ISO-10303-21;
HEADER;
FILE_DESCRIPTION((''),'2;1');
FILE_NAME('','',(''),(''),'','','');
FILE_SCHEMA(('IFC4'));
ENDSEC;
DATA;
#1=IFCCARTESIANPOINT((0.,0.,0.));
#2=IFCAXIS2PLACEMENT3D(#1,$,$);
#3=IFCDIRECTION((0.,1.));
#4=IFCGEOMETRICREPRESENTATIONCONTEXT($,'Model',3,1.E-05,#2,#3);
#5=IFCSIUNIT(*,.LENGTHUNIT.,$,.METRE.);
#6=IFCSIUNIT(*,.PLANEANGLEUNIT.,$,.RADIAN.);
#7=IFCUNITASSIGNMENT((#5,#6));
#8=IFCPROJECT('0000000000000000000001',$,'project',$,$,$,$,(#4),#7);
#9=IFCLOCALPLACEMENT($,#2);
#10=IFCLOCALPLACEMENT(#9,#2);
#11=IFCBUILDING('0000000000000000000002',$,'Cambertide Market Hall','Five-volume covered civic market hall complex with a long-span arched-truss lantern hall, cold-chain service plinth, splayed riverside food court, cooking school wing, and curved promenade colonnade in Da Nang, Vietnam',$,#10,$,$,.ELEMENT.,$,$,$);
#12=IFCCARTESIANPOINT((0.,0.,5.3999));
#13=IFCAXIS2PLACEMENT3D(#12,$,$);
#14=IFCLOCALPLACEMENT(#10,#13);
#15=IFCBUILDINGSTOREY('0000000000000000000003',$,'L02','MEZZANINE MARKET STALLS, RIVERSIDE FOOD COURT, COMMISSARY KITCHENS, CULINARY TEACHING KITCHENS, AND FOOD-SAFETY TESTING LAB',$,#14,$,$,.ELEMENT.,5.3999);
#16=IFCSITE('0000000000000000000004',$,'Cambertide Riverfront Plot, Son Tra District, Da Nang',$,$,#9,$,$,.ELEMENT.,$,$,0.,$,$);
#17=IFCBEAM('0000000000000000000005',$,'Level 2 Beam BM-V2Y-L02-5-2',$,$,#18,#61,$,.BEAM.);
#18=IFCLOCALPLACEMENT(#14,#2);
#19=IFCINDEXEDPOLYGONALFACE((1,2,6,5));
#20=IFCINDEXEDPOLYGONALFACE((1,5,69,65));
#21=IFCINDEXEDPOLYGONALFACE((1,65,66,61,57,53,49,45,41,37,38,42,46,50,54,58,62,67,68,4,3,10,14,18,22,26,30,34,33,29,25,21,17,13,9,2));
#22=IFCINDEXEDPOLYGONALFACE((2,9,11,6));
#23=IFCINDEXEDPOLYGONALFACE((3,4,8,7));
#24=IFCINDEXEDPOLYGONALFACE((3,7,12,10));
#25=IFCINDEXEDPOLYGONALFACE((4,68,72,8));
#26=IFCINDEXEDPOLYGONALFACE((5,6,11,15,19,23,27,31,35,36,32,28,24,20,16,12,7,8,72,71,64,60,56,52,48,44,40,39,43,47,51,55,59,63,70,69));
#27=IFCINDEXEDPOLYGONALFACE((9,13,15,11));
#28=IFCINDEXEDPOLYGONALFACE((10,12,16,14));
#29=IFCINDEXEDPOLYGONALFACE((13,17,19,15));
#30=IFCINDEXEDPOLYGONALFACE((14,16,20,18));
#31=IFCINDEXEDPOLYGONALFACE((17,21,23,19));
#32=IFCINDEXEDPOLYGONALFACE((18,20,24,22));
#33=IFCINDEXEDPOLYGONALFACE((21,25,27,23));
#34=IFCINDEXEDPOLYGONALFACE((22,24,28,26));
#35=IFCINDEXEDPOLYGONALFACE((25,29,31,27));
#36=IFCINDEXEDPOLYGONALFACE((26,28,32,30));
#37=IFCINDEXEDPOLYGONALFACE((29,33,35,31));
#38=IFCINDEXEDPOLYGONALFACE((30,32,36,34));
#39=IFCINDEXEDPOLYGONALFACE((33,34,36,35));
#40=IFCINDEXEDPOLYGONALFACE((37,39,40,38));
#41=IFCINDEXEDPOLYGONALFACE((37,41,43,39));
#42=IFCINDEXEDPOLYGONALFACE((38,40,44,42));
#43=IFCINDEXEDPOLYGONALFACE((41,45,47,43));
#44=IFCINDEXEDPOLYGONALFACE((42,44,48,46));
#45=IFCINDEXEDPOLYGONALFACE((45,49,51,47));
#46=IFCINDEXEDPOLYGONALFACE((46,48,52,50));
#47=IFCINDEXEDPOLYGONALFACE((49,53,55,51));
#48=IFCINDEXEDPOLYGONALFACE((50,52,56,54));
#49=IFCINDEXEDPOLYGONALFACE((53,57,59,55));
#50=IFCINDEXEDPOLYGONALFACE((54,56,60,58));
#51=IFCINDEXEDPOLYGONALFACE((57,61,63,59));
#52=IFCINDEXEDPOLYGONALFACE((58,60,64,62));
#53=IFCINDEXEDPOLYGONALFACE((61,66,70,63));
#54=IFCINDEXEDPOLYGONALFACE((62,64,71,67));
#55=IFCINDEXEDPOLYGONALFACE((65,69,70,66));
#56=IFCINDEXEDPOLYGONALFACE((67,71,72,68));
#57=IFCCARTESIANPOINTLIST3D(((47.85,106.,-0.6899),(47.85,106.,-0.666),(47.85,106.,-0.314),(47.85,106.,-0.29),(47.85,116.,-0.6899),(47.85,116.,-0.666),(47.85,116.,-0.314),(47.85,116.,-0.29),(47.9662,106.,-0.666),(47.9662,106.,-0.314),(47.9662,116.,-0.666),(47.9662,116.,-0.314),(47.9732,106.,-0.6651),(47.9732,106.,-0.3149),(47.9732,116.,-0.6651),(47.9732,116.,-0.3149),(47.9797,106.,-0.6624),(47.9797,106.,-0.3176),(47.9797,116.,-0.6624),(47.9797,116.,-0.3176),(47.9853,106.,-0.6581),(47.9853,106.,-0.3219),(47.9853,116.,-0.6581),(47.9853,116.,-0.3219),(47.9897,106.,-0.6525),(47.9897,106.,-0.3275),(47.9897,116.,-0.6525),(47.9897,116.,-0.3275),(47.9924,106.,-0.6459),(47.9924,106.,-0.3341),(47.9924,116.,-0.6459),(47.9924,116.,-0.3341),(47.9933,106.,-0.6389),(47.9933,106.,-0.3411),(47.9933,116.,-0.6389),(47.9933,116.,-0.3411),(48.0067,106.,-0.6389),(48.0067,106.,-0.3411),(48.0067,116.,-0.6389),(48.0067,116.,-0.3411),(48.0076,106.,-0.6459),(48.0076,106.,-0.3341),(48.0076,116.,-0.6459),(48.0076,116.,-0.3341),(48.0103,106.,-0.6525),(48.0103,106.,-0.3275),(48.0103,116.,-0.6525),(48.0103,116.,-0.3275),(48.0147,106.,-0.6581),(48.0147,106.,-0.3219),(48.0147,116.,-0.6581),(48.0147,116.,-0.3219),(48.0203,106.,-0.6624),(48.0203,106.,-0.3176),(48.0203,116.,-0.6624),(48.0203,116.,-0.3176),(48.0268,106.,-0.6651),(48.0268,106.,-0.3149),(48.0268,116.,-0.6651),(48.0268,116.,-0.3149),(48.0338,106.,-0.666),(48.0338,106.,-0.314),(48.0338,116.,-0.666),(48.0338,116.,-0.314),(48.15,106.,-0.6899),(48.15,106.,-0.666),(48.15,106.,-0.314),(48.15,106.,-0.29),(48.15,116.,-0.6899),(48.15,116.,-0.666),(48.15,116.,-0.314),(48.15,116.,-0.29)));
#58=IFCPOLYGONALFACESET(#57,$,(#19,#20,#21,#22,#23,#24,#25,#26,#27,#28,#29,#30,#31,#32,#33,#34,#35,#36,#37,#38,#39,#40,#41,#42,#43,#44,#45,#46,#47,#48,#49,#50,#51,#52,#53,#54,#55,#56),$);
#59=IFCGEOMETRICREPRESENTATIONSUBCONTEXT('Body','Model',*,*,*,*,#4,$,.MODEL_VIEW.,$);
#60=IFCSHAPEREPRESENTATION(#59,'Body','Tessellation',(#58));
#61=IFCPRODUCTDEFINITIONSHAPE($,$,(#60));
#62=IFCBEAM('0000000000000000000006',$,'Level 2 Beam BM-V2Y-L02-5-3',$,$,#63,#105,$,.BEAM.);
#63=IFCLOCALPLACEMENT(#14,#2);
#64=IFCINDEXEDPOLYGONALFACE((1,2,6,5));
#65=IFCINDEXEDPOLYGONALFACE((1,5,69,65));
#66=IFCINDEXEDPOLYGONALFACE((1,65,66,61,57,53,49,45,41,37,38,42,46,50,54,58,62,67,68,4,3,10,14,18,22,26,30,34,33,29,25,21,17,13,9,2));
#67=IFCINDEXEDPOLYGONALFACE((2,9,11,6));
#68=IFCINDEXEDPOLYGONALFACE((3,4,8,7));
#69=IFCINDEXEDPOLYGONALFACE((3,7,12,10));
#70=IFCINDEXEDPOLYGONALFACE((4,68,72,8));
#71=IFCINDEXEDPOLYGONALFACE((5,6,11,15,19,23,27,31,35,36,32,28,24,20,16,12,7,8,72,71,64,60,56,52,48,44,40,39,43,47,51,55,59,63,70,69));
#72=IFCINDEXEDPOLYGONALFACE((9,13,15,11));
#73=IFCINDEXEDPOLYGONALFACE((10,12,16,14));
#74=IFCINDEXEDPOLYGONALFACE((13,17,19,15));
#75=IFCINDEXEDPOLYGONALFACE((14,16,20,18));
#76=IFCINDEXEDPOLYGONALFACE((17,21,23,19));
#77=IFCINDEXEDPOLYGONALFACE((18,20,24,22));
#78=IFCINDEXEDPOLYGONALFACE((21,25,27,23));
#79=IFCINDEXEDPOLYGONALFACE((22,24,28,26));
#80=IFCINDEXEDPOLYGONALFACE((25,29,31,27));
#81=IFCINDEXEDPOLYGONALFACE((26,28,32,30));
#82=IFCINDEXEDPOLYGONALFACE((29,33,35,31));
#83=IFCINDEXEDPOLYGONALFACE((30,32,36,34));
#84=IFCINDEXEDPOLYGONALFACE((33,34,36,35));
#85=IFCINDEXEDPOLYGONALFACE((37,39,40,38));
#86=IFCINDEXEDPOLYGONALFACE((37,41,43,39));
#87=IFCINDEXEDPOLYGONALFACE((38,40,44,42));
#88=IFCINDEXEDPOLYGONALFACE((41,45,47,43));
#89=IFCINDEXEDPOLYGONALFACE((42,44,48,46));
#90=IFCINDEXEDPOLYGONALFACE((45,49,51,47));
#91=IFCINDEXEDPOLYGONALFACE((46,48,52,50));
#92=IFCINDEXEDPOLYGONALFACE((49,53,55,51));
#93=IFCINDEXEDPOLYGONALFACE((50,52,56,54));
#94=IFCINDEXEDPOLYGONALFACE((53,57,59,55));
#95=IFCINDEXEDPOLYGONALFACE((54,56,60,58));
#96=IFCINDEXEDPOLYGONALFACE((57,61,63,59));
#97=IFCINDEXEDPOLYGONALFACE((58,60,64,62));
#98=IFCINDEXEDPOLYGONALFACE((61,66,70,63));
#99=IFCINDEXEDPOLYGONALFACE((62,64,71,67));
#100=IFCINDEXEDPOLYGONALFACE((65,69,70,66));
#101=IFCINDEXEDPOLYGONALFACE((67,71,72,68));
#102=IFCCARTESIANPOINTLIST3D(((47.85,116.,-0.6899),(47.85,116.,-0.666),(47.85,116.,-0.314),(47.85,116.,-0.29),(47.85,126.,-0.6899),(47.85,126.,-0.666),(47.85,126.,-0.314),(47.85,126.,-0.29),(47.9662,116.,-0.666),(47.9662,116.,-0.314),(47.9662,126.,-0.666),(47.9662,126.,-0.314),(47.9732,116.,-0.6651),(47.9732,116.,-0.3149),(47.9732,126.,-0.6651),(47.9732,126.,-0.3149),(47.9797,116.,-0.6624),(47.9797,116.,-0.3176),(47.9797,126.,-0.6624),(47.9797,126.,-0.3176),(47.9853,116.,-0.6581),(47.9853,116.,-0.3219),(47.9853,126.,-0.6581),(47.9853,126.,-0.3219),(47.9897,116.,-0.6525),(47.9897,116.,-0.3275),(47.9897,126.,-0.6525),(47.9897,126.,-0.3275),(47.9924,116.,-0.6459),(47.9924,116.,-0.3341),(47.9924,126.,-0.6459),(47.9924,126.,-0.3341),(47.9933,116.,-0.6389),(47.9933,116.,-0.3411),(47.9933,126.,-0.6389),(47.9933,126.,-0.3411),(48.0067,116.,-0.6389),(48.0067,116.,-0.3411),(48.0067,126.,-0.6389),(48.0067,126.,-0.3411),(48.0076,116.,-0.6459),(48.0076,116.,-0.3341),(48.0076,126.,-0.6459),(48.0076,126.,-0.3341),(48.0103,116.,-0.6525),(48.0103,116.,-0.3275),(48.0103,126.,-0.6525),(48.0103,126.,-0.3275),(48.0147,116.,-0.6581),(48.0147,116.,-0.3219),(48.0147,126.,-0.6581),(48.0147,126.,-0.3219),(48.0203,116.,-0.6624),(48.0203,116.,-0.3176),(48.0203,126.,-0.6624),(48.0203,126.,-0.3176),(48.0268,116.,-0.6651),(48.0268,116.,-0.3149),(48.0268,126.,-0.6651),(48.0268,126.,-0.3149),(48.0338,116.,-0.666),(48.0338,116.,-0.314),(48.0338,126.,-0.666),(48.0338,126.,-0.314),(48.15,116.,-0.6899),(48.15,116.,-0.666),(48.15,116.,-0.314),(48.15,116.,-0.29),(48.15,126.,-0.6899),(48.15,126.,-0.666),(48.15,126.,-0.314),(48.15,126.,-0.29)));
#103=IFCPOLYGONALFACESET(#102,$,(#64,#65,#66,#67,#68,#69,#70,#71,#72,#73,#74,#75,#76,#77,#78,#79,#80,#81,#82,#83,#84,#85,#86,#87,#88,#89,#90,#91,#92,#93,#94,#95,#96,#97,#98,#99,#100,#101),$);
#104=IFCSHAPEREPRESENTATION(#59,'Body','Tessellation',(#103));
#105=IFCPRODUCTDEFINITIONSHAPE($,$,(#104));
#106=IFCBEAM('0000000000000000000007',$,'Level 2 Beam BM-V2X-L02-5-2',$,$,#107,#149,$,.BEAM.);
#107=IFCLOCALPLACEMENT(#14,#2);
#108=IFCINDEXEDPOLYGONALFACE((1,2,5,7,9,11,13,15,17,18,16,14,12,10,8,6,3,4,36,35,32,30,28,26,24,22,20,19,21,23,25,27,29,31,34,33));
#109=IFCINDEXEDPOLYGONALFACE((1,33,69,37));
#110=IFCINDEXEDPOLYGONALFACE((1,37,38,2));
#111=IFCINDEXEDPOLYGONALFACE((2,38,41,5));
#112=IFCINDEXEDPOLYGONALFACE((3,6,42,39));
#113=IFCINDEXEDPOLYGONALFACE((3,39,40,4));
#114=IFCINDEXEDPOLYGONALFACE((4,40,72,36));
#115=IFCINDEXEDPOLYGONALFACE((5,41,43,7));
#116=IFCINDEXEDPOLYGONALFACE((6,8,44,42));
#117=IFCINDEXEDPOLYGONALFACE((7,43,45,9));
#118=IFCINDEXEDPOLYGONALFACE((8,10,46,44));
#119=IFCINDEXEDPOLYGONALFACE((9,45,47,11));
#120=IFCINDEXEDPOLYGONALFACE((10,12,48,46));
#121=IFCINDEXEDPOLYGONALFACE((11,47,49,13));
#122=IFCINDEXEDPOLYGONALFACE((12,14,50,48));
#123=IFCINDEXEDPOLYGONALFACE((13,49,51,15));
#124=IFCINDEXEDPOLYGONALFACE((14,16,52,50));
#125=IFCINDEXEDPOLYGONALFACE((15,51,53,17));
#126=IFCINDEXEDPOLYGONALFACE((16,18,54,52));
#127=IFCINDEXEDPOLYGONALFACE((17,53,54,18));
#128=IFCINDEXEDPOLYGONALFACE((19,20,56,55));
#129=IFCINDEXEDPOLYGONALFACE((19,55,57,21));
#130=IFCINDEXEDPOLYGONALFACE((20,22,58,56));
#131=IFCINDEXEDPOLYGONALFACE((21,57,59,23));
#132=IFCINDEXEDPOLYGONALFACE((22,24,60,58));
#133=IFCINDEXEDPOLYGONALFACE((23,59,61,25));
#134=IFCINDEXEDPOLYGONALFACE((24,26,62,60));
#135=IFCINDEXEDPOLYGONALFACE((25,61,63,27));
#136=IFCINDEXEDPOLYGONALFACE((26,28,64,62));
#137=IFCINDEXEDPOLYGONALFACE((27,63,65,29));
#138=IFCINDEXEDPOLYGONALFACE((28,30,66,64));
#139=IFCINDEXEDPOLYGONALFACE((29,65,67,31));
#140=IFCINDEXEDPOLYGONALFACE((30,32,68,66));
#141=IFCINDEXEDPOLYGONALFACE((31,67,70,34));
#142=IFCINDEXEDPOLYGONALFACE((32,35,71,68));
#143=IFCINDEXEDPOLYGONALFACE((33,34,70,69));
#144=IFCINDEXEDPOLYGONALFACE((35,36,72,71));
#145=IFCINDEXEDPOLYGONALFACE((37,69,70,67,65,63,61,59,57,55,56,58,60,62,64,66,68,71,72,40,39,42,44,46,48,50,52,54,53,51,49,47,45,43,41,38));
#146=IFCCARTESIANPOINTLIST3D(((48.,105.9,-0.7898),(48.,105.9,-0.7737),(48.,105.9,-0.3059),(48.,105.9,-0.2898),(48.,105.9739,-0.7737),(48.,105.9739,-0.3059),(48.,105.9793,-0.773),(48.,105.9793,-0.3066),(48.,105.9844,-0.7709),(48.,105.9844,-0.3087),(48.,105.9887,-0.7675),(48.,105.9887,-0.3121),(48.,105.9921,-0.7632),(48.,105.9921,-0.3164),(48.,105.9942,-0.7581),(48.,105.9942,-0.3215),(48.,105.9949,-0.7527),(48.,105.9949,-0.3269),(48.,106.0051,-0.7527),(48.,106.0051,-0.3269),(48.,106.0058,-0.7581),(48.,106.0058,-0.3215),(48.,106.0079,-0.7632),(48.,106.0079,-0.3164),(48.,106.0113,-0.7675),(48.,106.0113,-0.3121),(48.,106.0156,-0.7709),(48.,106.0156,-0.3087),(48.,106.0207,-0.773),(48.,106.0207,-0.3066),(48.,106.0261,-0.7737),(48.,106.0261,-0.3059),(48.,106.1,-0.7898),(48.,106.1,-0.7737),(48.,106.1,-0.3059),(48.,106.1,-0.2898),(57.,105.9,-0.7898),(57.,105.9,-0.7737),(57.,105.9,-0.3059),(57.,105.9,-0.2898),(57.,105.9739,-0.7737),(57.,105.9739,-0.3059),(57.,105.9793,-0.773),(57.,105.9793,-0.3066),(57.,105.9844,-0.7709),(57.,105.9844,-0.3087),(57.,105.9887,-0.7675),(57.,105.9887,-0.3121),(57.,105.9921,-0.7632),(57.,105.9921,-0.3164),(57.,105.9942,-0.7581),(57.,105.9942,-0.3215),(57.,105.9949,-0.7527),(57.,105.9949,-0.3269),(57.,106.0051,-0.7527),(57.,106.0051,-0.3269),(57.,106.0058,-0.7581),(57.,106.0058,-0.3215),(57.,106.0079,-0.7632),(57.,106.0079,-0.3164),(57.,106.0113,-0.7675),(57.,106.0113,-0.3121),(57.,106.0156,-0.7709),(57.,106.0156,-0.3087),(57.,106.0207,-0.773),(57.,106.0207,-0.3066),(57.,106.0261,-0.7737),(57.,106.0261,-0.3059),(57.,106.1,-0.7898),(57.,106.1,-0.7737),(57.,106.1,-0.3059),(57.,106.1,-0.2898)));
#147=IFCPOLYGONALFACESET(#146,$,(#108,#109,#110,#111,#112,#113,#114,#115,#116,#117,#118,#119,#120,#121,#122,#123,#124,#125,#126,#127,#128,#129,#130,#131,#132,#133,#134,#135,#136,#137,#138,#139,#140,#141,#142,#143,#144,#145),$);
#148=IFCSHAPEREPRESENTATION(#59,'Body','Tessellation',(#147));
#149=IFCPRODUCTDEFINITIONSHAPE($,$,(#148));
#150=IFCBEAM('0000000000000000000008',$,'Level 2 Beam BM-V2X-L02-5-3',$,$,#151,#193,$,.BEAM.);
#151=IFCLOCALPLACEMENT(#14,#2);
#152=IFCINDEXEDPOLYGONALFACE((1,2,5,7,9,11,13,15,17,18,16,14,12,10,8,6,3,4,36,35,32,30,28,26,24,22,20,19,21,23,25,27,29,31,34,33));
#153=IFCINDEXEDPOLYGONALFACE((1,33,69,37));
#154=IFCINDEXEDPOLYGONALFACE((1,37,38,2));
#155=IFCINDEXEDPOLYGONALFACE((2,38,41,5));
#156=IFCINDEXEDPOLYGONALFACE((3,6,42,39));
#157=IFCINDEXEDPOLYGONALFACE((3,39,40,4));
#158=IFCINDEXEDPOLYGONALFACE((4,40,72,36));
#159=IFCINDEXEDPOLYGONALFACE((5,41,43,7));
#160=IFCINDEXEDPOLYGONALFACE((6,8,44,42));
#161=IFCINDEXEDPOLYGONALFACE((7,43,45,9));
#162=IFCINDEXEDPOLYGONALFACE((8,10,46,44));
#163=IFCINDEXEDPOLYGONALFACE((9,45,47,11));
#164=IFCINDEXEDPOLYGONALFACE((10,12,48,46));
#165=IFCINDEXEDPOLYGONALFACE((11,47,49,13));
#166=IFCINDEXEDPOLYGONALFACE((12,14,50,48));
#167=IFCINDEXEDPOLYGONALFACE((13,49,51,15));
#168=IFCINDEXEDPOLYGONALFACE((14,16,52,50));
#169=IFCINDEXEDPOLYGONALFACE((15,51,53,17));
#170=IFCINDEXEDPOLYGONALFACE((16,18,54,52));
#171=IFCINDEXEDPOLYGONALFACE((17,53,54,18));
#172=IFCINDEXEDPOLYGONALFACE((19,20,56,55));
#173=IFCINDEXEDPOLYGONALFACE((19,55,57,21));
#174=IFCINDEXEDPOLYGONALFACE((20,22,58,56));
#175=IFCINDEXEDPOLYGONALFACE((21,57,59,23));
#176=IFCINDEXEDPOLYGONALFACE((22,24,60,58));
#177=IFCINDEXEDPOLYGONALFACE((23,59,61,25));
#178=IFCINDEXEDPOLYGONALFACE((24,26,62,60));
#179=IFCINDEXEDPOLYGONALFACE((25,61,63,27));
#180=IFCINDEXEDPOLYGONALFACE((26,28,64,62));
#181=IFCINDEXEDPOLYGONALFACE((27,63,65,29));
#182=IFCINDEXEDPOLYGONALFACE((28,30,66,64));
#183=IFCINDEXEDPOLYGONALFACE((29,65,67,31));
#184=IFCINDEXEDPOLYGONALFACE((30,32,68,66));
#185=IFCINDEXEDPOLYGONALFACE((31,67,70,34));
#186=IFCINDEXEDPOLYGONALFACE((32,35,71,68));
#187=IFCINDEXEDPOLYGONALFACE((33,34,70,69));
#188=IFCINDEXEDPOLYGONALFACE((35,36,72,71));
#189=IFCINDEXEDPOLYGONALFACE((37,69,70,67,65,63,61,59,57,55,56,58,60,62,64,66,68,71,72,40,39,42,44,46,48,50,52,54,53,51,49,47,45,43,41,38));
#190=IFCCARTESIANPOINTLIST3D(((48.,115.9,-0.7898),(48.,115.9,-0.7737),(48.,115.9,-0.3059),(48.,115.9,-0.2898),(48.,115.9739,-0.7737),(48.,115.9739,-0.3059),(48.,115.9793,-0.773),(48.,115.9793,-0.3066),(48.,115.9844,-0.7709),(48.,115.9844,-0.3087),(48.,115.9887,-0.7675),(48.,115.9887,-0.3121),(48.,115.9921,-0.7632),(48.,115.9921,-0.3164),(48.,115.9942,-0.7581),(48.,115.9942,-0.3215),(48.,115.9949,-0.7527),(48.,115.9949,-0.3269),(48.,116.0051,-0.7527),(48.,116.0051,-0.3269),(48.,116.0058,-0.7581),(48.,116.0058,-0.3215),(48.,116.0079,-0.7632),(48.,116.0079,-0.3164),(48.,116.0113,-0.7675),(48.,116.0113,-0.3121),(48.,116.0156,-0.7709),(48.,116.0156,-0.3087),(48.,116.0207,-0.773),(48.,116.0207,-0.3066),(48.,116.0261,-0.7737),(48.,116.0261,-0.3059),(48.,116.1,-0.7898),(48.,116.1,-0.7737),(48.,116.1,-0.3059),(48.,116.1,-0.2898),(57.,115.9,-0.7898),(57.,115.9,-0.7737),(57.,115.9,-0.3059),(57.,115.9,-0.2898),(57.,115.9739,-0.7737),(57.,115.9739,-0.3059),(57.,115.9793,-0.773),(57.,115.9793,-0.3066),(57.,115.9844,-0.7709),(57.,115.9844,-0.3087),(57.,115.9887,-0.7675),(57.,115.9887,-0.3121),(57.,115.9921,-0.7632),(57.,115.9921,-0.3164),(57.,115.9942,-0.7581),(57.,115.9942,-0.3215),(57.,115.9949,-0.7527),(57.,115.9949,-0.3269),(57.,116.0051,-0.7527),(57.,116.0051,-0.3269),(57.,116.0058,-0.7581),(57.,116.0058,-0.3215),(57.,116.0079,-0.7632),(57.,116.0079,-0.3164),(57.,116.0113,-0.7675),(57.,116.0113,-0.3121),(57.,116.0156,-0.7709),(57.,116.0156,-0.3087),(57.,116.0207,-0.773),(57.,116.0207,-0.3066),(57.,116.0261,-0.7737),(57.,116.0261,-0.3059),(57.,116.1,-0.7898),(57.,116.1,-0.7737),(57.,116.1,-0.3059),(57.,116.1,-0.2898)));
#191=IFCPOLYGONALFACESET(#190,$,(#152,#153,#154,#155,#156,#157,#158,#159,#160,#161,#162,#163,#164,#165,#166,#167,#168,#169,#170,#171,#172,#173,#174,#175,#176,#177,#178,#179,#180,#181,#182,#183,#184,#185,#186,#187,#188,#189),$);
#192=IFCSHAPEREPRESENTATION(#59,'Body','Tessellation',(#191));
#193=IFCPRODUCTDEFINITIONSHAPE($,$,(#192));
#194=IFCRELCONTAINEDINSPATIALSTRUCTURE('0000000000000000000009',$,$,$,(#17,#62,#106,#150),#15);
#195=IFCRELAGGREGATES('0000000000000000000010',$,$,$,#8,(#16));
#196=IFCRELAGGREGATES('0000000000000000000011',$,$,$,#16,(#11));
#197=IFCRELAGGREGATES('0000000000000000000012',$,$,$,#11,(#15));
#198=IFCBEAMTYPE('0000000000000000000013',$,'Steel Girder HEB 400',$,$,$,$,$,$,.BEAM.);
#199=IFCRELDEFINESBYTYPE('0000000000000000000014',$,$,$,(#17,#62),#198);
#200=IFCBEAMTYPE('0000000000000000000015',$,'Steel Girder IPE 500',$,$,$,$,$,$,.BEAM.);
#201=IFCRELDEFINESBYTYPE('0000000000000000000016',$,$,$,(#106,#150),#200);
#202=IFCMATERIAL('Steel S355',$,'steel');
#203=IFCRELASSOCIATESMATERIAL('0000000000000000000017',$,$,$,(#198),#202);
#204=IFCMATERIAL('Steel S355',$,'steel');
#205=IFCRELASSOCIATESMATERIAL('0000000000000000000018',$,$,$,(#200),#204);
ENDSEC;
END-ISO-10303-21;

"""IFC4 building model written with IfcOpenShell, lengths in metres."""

from ifc_helpers import new_model, si_unit, direction, frame, origin, origin_2d, place, context, subcontext, project, spatial, i_section, extrude, material, material_profile, profile_set, type_object, element, save


model = new_model("IFC4")

# Units and contexts
model_context = context("Model", 3, precision=1e-05, world=origin(), true_north=direction((0.0, 1.0)))
body_context = subcontext(model_context, "Body", "Model", "MODEL_VIEW")
ifc_project = project(units=[si_unit("LENGTHUNIT", "METRE"), si_unit("PLANEANGLEUNIT", "RADIAN")], contexts=[model_context])

# Site, building, storey
site_placement = place(None, origin())
site = spatial("IfcSite", under=ifc_project, at=site_placement, Name="Cambertide Riverfront Plot, Son Tra District, Da Nang", CompositionType="ELEMENT", RefElevation=0.0)
building_placement = place(site_placement, origin())
building = spatial("IfcBuilding", under=site, at=building_placement, Name="Cambertide Market Hall", Description="Five-volume covered civic market hall complex with a long-span arched-truss lantern hall, cold-chain service plinth, splayed riverside food court, cooking school wing, and curved promenade colonnade in Da Nang, Vietnam", CompositionType="ELEMENT")
storey_placement = place(building_placement, frame((0.0, 0.0, 5.3999)))
storey = spatial("IfcBuildingStorey", under=building, at=storey_placement, Name="L02", Description="MEZZANINE MARKET STALLS, RIVERSIDE FOOD COURT, COMMISSARY KITCHENS, CULINARY TEACHING KITCHENS, AND FOOD-SAFETY TESTING LAB", CompositionType="ELEMENT", Elevation=5.3999)

# Beams
ifc_material_1 = material(Name="Steel S355", Category="steel")
ifc_material_profile_1 = material_profile(ifc_material_1, i_section(OverallWidth=0.3, OverallDepth=0.3999, WebThickness=0.0134, FlangeThickness=0.0239, FilletRadius=0.0271, at=origin_2d()), Name="HEB 400")
ifc_profile_set_1 = profile_set([ifc_material_profile_1], Name="Steel S355")
beam_type_1 = type_object("IfcBeamType", Name="Steel Girder HEB 400", PredefinedType="BEAM", material=ifc_profile_set_1)
for number, where, z_axis, x_axis, name in (
    (1, (48.0, 106.0, -0.49), (0.0, 1.0, 0.0), (-1.0, 0.0, 0.0), "Level 2 Beam BM-V2Y-L02-5-2"),
    (2, (48.0, 116.0, -0.49), (0.0, 1.0, 0.0), (-1.0, 0.0, 0.0), "Level 2 Beam BM-V2Y-L02-5-3"),
):
    element("IfcBeam", number, at=place(storey_placement, frame(where, z_axis=z_axis, x_axis=x_axis)), inside=storey, type_object=beam_type_1, Name=name, PredefinedType="BEAM", context=body_context, shape_type="SweptSolid", body=[
        extrude(i_section(OverallWidth=0.3, OverallDepth=0.3999, WebThickness=0.0134, FlangeThickness=0.0239, FilletRadius=0.0271, at=origin_2d()), origin(), (0.0, 0.0, 1.0), 10.0),
    ])
ifc_material_2 = material(Name="Steel S355", Category="steel")
ifc_material_profile_2 = material_profile(ifc_material_2, i_section(OverallWidth=0.2, OverallDepth=0.5, WebThickness=0.0103, FlangeThickness=0.0161, FilletRadius=0.021, at=origin_2d()), Name="IPE 500")
ifc_profile_set_2 = profile_set([ifc_material_profile_2], Name="Steel S355")
beam_type_2 = type_object("IfcBeamType", Name="Steel Girder IPE 500", PredefinedType="BEAM", material=ifc_profile_set_2)
for number, where, z_axis, x_axis, name in (
    (3, (48.0, 106.0, -0.5398), (1.0, 0.0, 0.0), (0.0, 1.0, 0.0), "Level 2 Beam BM-V2X-L02-5-2"),
    (4, (48.0, 116.0, -0.5398), (1.0, 0.0, 0.0), (0.0, 1.0, 0.0), "Level 2 Beam BM-V2X-L02-5-3"),
):
    element("IfcBeam", number, at=place(storey_placement, frame(where, z_axis=z_axis, x_axis=x_axis)), inside=storey, type_object=beam_type_2, Name=name, PredefinedType="BEAM", context=body_context, shape_type="SweptSolid", body=[
        extrude(i_section(OverallWidth=0.2, OverallDepth=0.5, WebThickness=0.0103, FlangeThickness=0.0161, FilletRadius=0.021, at=origin_2d()), origin(), (0.0, 0.0, 1.0), 9.0),
    ])

save(model, "model.ifc")
